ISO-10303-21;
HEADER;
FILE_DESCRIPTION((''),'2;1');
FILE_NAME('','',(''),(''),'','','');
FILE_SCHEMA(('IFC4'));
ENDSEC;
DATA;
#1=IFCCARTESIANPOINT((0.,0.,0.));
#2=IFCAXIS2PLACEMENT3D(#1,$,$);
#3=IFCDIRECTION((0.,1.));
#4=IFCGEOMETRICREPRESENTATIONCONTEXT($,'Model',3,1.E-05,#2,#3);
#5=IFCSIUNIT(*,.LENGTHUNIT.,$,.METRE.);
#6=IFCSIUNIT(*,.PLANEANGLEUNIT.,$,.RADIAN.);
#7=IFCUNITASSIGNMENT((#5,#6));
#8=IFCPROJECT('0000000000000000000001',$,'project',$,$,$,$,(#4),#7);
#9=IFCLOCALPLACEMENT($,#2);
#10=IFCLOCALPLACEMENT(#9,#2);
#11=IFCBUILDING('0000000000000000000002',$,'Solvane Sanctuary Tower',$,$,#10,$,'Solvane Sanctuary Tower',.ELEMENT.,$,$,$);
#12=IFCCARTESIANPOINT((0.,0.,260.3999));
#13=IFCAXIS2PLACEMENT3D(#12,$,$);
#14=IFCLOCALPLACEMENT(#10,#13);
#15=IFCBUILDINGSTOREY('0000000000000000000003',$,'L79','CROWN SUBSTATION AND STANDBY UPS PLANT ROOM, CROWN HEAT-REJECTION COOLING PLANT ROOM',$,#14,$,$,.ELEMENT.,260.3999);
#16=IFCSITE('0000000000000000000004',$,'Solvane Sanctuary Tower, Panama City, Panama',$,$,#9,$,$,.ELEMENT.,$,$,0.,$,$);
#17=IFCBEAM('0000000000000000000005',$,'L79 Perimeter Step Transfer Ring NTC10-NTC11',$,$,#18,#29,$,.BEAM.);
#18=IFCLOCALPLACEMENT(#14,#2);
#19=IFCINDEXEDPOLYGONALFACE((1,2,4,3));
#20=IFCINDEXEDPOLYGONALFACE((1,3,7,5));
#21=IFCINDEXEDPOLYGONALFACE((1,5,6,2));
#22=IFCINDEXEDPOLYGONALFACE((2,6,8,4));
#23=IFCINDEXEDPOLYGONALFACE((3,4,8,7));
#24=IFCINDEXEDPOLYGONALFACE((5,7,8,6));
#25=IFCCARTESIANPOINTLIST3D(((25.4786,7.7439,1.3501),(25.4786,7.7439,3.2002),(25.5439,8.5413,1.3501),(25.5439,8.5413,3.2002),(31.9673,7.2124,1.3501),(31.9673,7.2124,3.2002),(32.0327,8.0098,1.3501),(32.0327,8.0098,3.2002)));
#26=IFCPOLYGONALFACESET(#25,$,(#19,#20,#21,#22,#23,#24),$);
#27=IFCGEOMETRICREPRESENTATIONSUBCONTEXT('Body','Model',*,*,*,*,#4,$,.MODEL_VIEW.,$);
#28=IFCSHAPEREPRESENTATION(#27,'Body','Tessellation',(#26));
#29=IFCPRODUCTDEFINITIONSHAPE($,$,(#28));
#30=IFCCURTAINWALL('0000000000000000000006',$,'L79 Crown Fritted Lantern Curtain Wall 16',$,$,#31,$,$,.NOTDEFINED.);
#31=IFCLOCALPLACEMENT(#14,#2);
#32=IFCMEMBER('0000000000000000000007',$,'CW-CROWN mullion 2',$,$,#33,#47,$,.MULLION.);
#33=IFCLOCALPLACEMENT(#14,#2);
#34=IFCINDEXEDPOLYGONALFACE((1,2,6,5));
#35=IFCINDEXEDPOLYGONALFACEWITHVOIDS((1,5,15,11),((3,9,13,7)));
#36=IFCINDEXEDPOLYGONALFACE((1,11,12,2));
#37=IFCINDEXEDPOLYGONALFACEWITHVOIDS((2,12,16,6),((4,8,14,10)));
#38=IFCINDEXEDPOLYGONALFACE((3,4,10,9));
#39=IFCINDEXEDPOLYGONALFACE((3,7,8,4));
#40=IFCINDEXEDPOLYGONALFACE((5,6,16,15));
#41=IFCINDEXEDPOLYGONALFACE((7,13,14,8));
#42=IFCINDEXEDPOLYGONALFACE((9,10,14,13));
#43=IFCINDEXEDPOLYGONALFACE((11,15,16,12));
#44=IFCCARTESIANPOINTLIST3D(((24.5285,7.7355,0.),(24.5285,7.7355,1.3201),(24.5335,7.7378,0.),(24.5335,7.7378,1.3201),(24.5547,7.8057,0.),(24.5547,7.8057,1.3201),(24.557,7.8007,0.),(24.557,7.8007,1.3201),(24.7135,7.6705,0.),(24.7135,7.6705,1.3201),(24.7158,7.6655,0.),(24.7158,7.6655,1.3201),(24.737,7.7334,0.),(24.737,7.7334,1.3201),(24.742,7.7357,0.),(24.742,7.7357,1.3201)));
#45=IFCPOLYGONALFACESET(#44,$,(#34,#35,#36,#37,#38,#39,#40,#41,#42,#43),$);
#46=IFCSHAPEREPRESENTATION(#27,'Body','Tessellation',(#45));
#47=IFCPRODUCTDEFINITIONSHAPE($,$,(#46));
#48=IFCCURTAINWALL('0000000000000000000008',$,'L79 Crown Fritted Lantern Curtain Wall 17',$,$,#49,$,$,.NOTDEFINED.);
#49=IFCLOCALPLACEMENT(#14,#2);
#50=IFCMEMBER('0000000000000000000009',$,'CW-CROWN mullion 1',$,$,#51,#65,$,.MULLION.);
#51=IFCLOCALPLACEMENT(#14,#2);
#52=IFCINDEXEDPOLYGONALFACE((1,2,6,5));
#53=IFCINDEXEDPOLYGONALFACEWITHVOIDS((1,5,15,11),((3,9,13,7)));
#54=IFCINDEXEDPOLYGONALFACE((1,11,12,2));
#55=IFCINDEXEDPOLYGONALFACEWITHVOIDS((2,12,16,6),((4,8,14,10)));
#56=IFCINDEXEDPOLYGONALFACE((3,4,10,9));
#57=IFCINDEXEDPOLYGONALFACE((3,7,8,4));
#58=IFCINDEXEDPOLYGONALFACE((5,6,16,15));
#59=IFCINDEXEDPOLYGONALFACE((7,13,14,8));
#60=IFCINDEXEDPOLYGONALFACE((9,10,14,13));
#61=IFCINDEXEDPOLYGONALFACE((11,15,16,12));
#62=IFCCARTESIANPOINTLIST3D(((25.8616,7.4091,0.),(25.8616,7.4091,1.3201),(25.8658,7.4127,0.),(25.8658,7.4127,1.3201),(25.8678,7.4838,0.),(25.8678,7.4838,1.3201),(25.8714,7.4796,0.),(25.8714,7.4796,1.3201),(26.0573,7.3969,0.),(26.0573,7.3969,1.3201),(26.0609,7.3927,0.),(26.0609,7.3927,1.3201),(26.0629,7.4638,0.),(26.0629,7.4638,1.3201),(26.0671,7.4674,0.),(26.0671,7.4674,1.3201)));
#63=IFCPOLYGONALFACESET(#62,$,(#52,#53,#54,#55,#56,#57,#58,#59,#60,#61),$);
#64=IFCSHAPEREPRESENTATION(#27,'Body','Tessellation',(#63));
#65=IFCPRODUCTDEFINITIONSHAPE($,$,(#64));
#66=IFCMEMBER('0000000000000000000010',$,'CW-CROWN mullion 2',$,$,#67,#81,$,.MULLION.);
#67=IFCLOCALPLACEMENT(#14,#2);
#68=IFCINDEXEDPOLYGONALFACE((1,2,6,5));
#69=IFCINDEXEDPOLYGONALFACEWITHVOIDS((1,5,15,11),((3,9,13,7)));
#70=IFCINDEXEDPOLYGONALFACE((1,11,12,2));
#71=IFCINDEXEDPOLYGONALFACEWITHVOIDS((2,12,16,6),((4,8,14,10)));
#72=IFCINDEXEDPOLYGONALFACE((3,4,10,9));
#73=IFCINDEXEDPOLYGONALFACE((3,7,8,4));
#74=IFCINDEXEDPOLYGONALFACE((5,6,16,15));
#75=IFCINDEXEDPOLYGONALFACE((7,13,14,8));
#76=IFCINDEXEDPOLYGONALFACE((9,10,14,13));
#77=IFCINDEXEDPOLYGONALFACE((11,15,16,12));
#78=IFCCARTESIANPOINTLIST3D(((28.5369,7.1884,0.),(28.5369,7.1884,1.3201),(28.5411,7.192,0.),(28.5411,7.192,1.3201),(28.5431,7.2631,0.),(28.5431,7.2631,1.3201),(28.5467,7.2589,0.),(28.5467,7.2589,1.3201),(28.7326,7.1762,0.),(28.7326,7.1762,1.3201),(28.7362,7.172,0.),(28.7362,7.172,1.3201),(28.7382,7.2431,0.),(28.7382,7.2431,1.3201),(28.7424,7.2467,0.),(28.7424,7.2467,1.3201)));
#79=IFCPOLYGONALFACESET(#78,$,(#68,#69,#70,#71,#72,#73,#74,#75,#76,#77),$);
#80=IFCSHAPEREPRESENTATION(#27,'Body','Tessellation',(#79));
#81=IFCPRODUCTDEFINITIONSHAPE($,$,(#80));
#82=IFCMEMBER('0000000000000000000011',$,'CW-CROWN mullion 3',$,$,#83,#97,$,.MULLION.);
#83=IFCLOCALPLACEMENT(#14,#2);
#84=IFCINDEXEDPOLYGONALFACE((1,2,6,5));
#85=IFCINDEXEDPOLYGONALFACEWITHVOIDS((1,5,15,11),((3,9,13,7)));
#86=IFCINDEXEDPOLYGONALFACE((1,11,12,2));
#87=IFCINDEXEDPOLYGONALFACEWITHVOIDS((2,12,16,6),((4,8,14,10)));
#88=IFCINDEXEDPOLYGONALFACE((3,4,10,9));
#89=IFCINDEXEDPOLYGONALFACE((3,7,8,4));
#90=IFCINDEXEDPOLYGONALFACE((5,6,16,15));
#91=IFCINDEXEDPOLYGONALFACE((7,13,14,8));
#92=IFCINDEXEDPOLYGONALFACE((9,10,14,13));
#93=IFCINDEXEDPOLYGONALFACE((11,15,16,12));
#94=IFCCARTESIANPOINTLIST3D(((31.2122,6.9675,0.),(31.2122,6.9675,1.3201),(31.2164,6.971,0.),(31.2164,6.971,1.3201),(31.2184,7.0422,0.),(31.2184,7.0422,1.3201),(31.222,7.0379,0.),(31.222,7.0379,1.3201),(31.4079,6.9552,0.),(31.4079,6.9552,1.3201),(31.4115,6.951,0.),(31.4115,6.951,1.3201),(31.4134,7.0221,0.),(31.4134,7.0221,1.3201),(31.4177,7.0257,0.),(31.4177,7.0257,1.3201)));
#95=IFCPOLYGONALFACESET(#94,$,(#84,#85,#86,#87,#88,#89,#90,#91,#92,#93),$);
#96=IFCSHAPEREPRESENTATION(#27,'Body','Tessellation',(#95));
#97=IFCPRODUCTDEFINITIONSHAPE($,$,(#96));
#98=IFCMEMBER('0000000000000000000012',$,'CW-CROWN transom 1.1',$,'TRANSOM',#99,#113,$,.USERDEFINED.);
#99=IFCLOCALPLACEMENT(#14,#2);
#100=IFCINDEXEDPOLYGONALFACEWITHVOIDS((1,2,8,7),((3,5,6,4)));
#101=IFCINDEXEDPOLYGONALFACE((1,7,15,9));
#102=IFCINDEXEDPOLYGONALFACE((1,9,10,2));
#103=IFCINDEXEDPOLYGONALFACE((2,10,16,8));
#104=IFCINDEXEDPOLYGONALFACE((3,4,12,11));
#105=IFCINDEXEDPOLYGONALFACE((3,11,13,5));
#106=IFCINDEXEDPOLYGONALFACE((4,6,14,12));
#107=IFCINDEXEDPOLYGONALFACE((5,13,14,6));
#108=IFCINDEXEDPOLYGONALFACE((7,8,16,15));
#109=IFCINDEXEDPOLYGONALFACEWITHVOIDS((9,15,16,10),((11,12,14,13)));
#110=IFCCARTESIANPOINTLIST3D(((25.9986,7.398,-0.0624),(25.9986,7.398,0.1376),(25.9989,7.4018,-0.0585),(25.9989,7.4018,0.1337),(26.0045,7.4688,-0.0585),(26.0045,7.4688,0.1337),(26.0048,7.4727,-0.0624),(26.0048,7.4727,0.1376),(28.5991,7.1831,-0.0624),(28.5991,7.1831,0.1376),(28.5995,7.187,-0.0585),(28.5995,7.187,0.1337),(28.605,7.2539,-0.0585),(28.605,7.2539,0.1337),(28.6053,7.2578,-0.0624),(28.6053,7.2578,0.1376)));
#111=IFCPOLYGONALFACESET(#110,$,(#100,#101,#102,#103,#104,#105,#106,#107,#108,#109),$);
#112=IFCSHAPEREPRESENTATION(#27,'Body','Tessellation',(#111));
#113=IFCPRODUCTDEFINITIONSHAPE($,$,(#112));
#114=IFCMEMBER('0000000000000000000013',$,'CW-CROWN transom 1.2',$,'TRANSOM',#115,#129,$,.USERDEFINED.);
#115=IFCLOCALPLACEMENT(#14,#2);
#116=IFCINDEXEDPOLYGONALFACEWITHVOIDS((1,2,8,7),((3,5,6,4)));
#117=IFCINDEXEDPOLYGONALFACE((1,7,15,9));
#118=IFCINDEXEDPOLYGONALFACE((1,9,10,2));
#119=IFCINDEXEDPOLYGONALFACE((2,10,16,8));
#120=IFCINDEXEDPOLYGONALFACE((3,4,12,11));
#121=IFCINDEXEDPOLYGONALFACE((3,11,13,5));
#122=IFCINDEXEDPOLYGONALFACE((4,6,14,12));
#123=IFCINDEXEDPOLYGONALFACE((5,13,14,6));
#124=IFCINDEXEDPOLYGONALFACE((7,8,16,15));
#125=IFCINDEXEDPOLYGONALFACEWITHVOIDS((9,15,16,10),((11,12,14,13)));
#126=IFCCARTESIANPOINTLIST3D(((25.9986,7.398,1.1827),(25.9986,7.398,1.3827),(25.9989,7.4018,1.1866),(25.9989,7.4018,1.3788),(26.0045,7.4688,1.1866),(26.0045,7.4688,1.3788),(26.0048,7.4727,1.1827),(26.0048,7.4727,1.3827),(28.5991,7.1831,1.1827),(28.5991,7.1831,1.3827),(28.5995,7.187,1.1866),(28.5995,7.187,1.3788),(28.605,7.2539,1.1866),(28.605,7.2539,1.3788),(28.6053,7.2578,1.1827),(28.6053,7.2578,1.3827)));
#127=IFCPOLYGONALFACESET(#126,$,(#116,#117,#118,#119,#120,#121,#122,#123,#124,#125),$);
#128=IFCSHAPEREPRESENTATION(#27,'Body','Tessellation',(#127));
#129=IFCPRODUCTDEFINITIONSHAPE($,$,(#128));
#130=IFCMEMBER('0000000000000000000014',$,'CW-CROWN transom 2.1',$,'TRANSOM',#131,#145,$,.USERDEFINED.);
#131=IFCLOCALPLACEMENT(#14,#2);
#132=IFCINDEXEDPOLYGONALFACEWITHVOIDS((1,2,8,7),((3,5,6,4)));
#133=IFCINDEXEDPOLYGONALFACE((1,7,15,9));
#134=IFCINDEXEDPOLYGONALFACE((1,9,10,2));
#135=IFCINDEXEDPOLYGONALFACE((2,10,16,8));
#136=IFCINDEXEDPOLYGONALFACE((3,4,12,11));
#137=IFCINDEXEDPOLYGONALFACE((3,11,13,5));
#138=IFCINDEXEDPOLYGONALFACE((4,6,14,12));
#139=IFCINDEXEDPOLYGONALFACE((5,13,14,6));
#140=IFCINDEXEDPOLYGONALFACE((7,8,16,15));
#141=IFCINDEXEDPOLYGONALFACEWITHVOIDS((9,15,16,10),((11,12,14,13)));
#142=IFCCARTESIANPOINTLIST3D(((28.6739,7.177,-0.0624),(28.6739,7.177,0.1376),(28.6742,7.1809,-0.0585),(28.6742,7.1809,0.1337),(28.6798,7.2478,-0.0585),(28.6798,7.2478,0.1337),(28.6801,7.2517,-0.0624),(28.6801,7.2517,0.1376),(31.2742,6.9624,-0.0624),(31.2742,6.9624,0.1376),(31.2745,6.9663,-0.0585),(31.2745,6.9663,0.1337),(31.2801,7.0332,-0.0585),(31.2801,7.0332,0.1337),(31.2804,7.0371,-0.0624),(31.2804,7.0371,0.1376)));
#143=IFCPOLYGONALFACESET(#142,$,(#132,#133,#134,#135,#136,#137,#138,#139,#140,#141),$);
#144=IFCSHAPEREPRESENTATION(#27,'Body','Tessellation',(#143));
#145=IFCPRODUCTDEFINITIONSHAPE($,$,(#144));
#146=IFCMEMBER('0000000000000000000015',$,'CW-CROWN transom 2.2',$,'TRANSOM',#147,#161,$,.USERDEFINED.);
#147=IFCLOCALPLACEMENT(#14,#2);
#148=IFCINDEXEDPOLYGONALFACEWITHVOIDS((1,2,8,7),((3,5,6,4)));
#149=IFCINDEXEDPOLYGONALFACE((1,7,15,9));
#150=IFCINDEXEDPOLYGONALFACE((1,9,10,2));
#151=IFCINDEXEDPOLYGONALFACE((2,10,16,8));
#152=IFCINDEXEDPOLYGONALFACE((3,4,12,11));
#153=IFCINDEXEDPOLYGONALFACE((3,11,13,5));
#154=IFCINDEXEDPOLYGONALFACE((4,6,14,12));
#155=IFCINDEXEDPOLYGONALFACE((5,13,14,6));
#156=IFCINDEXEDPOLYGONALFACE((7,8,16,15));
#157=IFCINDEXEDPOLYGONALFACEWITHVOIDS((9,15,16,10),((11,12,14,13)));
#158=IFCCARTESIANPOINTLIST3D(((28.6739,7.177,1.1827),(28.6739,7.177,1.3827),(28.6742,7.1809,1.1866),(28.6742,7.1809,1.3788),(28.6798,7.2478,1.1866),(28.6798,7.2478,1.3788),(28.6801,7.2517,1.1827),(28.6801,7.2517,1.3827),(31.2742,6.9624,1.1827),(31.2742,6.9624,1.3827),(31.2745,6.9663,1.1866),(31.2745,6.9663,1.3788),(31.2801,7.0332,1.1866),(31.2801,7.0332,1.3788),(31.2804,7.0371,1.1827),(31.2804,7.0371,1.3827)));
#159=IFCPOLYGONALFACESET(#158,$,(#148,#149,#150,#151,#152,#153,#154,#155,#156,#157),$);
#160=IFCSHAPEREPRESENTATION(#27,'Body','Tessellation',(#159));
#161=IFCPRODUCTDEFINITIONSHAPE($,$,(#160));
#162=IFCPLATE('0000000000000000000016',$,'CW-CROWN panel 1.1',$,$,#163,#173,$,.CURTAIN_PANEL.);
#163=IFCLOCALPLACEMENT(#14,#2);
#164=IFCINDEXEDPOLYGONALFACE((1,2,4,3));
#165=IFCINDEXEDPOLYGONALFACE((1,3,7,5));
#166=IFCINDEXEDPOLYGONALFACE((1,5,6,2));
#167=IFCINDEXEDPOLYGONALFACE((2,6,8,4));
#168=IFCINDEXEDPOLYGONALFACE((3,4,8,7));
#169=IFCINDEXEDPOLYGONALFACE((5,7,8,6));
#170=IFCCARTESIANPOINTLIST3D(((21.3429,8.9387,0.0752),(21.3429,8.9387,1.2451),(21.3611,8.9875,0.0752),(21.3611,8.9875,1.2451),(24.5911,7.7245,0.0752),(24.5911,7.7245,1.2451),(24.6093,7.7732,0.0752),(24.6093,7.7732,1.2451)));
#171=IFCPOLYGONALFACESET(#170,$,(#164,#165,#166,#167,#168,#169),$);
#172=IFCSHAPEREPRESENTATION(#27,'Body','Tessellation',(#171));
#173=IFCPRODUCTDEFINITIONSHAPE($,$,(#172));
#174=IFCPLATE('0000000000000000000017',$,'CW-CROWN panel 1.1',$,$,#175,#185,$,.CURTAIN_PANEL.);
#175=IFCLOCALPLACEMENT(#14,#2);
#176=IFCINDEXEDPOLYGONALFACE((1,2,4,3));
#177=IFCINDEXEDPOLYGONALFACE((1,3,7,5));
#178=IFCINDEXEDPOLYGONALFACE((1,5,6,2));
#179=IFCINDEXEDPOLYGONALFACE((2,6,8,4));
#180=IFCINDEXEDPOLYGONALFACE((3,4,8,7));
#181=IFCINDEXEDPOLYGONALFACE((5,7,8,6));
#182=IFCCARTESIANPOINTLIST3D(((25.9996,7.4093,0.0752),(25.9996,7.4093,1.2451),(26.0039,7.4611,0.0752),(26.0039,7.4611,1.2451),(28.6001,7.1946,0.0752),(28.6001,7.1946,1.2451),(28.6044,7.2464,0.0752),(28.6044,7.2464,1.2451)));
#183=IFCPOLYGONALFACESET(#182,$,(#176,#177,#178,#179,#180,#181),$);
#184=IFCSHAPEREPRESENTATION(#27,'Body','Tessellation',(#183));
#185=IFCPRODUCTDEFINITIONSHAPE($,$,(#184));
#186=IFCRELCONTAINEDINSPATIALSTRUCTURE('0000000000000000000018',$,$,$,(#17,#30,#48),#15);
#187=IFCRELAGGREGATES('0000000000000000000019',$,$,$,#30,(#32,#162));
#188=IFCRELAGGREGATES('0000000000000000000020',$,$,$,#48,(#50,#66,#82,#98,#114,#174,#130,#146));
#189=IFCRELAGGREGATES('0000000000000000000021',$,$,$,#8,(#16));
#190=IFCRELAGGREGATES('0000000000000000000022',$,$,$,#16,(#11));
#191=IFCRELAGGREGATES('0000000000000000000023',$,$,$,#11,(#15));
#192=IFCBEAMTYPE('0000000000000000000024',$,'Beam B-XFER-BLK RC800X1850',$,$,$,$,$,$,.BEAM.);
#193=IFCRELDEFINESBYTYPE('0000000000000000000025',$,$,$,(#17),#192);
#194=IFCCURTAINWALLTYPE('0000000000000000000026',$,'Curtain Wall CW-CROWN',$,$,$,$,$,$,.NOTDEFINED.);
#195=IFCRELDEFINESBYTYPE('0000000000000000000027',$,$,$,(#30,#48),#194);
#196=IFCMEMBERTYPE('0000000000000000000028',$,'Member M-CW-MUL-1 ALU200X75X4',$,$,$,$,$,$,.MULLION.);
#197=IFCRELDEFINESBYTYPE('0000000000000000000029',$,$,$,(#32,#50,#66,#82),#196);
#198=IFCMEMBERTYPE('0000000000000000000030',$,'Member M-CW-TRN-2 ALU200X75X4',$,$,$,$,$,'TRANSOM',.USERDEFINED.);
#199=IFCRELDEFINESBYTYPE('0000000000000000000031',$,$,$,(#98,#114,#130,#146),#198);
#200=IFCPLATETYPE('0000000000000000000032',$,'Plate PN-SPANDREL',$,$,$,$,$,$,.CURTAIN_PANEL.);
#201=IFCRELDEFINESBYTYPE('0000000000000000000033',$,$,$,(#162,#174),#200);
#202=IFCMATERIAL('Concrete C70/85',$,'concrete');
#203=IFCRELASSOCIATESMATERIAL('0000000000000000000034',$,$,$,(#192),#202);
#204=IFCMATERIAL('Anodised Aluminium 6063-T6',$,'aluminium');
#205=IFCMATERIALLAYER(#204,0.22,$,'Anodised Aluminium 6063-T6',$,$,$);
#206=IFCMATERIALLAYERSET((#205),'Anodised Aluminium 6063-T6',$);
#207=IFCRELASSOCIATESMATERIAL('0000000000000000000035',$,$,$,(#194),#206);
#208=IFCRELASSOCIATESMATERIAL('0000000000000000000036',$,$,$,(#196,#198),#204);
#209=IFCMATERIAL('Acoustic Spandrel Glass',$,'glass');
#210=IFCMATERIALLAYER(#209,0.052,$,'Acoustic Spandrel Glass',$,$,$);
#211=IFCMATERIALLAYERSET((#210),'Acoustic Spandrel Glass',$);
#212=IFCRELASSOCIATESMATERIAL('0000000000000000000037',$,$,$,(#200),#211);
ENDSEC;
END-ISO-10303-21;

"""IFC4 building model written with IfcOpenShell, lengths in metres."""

from ifc_helpers import new_model, si_unit, direction, frame, origin, origin_2d, place, context, subcontext, project, spatial, rectangle, hollow_rectangle, extrude, material, layer, layer_set, material_profile, profile_set, type_object, element, aggregate, save


model = new_model("IFC4")

# Units and contexts
model_context = context("Model", 3, precision=1e-05, world=origin(), true_north=direction((0.0, 1.0)))
body_context = subcontext(model_context, "Body", "Model", "MODEL_VIEW")
ifc_project = project(units=[si_unit("LENGTHUNIT", "METRE"), si_unit("PLANEANGLEUNIT", "RADIAN")], contexts=[model_context])

# Site, building, storey
site_placement = place(None, origin())
site = spatial("IfcSite", under=ifc_project, at=site_placement, Name="Solvane Sanctuary Tower, Panama City, Panama", CompositionType="ELEMENT", RefElevation=0.0)
building_placement = place(site_placement, origin())
building = spatial("IfcBuilding", under=site, at=building_placement, Name="Solvane Sanctuary Tower", LongName="Solvane Sanctuary Tower", CompositionType="ELEMENT")
storey_placement = place(building_placement, frame((0.0, 0.0, 260.3999)))
storey = spatial("IfcBuildingStorey", under=building, at=storey_placement, Name="L79", Description="CROWN SUBSTATION AND STANDBY UPS PLANT ROOM, CROWN HEAT-REJECTION COOLING PLANT ROOM", CompositionType="ELEMENT", Elevation=260.3999)

# Beam
ifc_material_1 = material(Name="Concrete C70/85", Category="concrete")
ifc_material_profile_1 = material_profile(ifc_material_1, rectangle(XDim=0.8, YDim=1.8501, at=origin_2d()), Name="RC800X1850")
ifc_profile_set_1 = profile_set([ifc_material_profile_1], Name="Concrete C70/85")
beam_type_1 = type_object("IfcBeamType", Name="Beam B-XFER-BLK RC800X1850", PredefinedType="BEAM", material=ifc_profile_set_1)
beam_1_placement = place(storey_placement, frame((25.5112, 8.1426, 2.2751), z_axis=(0.996662, -0.081636, 0.0), x_axis=(0.081636, 0.996662, 0.0)))
element("IfcBeam", 1, at=beam_1_placement, inside=storey, type_object=beam_type_1, Name="L79 Perimeter Step Transfer Ring NTC10-NTC11", PredefinedType="BEAM", context=body_context, shape_type="SweptSolid", body=[
    extrude(rectangle(XDim=0.8, YDim=1.8501, at=origin_2d()), origin(), (0.0, 0.0, 1.0), 6.5105),
])

# Curtain wall, member
ifc_material_2 = material(Name="Anodised Aluminium 6063-T6", Category="aluminium")
ifc_layer_1 = layer(ifc_material_2, 0.22, Name="Anodised Aluminium 6063-T6")
ifc_layer_set_1 = layer_set([ifc_layer_1], Name="Anodised Aluminium 6063-T6")
curtain_wall_type = type_object("IfcCurtainWallType", Name="Curtain Wall CW-CROWN", PredefinedType="NOTDEFINED", material=ifc_layer_set_1)
curtain_wall_1_placement = place(storey_placement, origin())
curtain_wall_1 = element("IfcCurtainWall", 2, at=curtain_wall_1_placement, inside=storey, type_object=curtain_wall_type, Name="L79 Crown Fritted Lantern Curtain Wall 16", PredefinedType="NOTDEFINED")
ifc_material_profile_2 = material_profile(ifc_material_2, hollow_rectangle(XDim=0.075, YDim=0.2, WallThickness=0.0039, at=origin_2d()), Name="ALU200X75X4")
ifc_profile_set_2 = profile_set([ifc_material_profile_2], Name="Anodised Aluminium 6063-T6")
member_type_1 = type_object("IfcMemberType", Name="Member M-CW-MUL-1 ALU200X75X4", PredefinedType="MULLION", material=ifc_profile_set_2)
member_1_placement = place(storey_placement, frame((24.6353, 7.7356, 0.0), z_axis=(0.0, 0.0, 1.0), x_axis=(0.350163, 0.936689, 0.0)))
member_1 = element("IfcMember", 3, at=member_1_placement, type_object=member_type_1, Name="CW-CROWN mullion 2", PredefinedType="MULLION", context=body_context, shape_type="SweptSolid", body=[
    extrude(hollow_rectangle(XDim=0.075, YDim=0.2, WallThickness=0.0039, at=origin_2d()), origin(), (0.0, 0.0, 1.0), 1.3201),
])

# Curtain wall, members
curtain_wall_2_placement = place(storey_placement, origin())
curtain_wall_2 = element("IfcCurtainWall", 4, at=curtain_wall_2_placement, inside=storey, type_object=curtain_wall_type, Name="L79 Crown Fritted Lantern Curtain Wall 17", PredefinedType="NOTDEFINED")
member_2_placement = place(storey_placement, frame((25.9644, 7.4382, 0.0), z_axis=(0.0, 0.0, 1.0), x_axis=(0.082279, 0.996609, 0.0)))
member_2 = element("IfcMember", 5, at=member_2_placement, type_object=member_type_1, Name="CW-CROWN mullion 1", PredefinedType="MULLION", context=body_context, shape_type="SweptSolid", body=[
    extrude(hollow_rectangle(XDim=0.075, YDim=0.2, WallThickness=0.0039, at=origin_2d()), origin(), (0.0, 0.0, 1.0), 1.3201),
])
member_3_placement = place(storey_placement, frame((28.6396, 7.2175, 0.0), z_axis=(0.0, 0.0, 1.0), x_axis=(0.082279, 0.996609, 0.0)))
member_3 = element("IfcMember", 6, at=member_3_placement, type_object=member_type_1, Name="CW-CROWN mullion 2", PredefinedType="MULLION", context=body_context, shape_type="SweptSolid", body=[
    extrude(hollow_rectangle(XDim=0.075, YDim=0.2, WallThickness=0.0039, at=origin_2d()), origin(), (0.0, 0.0, 1.0), 1.3201),
])
member_4_placement = place(storey_placement, frame((31.3149, 6.9966, 0.0), z_axis=(0.0, 0.0, 1.0), x_axis=(0.082279, 0.996609, 0.0)))
member_4 = element("IfcMember", 7, at=member_4_placement, type_object=member_type_1, Name="CW-CROWN mullion 3", PredefinedType="MULLION", context=body_context, shape_type="SweptSolid", body=[
    extrude(hollow_rectangle(XDim=0.075, YDim=0.2, WallThickness=0.0039, at=origin_2d()), origin(), (0.0, 0.0, 1.0), 1.3201),
])
ifc_material_profile_3 = material_profile(ifc_material_2, hollow_rectangle(XDim=0.075, YDim=0.2, WallThickness=0.0039, at=origin_2d()), Name="ALU200X75X4")
ifc_profile_set_3 = profile_set([ifc_material_profile_3], Name="Anodised Aluminium 6063-T6")
member_type_2 = type_object("IfcMemberType", Name="Member M-CW-TRN-2 ALU200X75X4", ElementType="TRANSOM", PredefinedType="USERDEFINED", material=ifc_profile_set_3)
member_5_placement = place(storey_placement, frame((26.0017, 7.4353, 0.0376), z_axis=(0.996605, -0.082333, 0.0), x_axis=(0.082333, 0.996605, 0.0)))
member_5 = element("IfcMember", 8, at=member_5_placement, type_object=member_type_2, Name="CW-CROWN transom 1.1", ObjectType="TRANSOM", PredefinedType="USERDEFINED", context=body_context, shape_type="SweptSolid", body=[
    extrude(hollow_rectangle(XDim=0.075, YDim=0.2, WallThickness=0.0039, at=origin_2d()), origin(), (0.0, 0.0, 1.0), 2.6094),
])
member_6_placement = place(storey_placement, frame((26.0017, 7.4353, 1.2827), z_axis=(0.996605, -0.082333, 0.0), x_axis=(0.082333, 0.996605, 0.0)))
member_6 = element("IfcMember", 9, at=member_6_placement, type_object=member_type_2, Name="CW-CROWN transom 1.2", ObjectType="TRANSOM", PredefinedType="USERDEFINED", context=body_context, shape_type="SweptSolid", body=[
    extrude(hollow_rectangle(XDim=0.075, YDim=0.2, WallThickness=0.0039, at=origin_2d()), origin(), (0.0, 0.0, 1.0), 2.6094),
])
member_7_placement = place(storey_placement, frame((28.677, 7.2144, 0.0376), z_axis=(0.996612, -0.082248, 0.0), x_axis=(0.082248, 0.996612, 0.0)))
member_7 = element("IfcMember", 10, at=member_7_placement, type_object=member_type_2, Name="CW-CROWN transom 2.1", ObjectType="TRANSOM", PredefinedType="USERDEFINED", context=body_context, shape_type="SweptSolid", body=[
    extrude(hollow_rectangle(XDim=0.075, YDim=0.2, WallThickness=0.0039, at=origin_2d()), origin(), (0.0, 0.0, 1.0), 2.6091),
])
member_8_placement = place(storey_placement, frame((28.677, 7.2144, 1.2827), z_axis=(0.996612, -0.082248, 0.0), x_axis=(0.082248, 0.996612, 0.0)))
member_8 = element("IfcMember", 11, at=member_8_placement, type_object=member_type_2, Name="CW-CROWN transom 2.2", ObjectType="TRANSOM", PredefinedType="USERDEFINED", context=body_context, shape_type="SweptSolid", body=[
    extrude(hollow_rectangle(XDim=0.075, YDim=0.2, WallThickness=0.0039, at=origin_2d()), origin(), (0.0, 0.0, 1.0), 2.6091),
])

# Plates
ifc_material_3 = material(Name="Acoustic Spandrel Glass", Category="glass")
ifc_layer_2 = layer(ifc_material_3, 0.052, Name="Acoustic Spandrel Glass")
ifc_layer_set_2 = layer_set([ifc_layer_2], Name="Acoustic Spandrel Glass")
plate_type = type_object("IfcPlateType", Name="Plate PN-SPANDREL", PredefinedType="CURTAIN_PANEL", material=ifc_layer_set_2)
plate_1_placement = place(storey_placement, frame((22.9761, 8.356, 0.0752), z_axis=(0.0, 0.0, 1.0), x_axis=(0.936689, -0.350163, 0.0)))
plate_1 = element("IfcPlate", 12, at=plate_1_placement, type_object=plate_type, Name="CW-CROWN panel 1.1", PredefinedType="CURTAIN_PANEL", context=body_context, shape_type="SweptSolid", body=[
    extrude(rectangle(XDim=3.4678, YDim=0.052, at=origin_2d()), origin(), (0.0, 0.0, 1.0), 1.1699),
])
aggregate(curtain_wall_1, [member_1, plate_1])
plate_2_placement = place(storey_placement, frame((27.302, 7.3279, 0.0752), z_axis=(0.0, 0.0, 1.0), x_axis=(0.996609, -0.082279, 0.0)))
plate_2 = element("IfcPlate", 13, at=plate_2_placement, type_object=plate_type, Name="CW-CROWN panel 1.1", PredefinedType="CURTAIN_PANEL", context=body_context, shape_type="SweptSolid", body=[
    extrude(rectangle(XDim=2.6094, YDim=0.052, at=origin_2d()), origin(), (0.0, 0.0, 1.0), 1.1699),
])
aggregate(curtain_wall_2, [member_2, member_3, member_4, member_5, member_6, plate_2, member_7, member_8])

save(model, "model.ifc")
